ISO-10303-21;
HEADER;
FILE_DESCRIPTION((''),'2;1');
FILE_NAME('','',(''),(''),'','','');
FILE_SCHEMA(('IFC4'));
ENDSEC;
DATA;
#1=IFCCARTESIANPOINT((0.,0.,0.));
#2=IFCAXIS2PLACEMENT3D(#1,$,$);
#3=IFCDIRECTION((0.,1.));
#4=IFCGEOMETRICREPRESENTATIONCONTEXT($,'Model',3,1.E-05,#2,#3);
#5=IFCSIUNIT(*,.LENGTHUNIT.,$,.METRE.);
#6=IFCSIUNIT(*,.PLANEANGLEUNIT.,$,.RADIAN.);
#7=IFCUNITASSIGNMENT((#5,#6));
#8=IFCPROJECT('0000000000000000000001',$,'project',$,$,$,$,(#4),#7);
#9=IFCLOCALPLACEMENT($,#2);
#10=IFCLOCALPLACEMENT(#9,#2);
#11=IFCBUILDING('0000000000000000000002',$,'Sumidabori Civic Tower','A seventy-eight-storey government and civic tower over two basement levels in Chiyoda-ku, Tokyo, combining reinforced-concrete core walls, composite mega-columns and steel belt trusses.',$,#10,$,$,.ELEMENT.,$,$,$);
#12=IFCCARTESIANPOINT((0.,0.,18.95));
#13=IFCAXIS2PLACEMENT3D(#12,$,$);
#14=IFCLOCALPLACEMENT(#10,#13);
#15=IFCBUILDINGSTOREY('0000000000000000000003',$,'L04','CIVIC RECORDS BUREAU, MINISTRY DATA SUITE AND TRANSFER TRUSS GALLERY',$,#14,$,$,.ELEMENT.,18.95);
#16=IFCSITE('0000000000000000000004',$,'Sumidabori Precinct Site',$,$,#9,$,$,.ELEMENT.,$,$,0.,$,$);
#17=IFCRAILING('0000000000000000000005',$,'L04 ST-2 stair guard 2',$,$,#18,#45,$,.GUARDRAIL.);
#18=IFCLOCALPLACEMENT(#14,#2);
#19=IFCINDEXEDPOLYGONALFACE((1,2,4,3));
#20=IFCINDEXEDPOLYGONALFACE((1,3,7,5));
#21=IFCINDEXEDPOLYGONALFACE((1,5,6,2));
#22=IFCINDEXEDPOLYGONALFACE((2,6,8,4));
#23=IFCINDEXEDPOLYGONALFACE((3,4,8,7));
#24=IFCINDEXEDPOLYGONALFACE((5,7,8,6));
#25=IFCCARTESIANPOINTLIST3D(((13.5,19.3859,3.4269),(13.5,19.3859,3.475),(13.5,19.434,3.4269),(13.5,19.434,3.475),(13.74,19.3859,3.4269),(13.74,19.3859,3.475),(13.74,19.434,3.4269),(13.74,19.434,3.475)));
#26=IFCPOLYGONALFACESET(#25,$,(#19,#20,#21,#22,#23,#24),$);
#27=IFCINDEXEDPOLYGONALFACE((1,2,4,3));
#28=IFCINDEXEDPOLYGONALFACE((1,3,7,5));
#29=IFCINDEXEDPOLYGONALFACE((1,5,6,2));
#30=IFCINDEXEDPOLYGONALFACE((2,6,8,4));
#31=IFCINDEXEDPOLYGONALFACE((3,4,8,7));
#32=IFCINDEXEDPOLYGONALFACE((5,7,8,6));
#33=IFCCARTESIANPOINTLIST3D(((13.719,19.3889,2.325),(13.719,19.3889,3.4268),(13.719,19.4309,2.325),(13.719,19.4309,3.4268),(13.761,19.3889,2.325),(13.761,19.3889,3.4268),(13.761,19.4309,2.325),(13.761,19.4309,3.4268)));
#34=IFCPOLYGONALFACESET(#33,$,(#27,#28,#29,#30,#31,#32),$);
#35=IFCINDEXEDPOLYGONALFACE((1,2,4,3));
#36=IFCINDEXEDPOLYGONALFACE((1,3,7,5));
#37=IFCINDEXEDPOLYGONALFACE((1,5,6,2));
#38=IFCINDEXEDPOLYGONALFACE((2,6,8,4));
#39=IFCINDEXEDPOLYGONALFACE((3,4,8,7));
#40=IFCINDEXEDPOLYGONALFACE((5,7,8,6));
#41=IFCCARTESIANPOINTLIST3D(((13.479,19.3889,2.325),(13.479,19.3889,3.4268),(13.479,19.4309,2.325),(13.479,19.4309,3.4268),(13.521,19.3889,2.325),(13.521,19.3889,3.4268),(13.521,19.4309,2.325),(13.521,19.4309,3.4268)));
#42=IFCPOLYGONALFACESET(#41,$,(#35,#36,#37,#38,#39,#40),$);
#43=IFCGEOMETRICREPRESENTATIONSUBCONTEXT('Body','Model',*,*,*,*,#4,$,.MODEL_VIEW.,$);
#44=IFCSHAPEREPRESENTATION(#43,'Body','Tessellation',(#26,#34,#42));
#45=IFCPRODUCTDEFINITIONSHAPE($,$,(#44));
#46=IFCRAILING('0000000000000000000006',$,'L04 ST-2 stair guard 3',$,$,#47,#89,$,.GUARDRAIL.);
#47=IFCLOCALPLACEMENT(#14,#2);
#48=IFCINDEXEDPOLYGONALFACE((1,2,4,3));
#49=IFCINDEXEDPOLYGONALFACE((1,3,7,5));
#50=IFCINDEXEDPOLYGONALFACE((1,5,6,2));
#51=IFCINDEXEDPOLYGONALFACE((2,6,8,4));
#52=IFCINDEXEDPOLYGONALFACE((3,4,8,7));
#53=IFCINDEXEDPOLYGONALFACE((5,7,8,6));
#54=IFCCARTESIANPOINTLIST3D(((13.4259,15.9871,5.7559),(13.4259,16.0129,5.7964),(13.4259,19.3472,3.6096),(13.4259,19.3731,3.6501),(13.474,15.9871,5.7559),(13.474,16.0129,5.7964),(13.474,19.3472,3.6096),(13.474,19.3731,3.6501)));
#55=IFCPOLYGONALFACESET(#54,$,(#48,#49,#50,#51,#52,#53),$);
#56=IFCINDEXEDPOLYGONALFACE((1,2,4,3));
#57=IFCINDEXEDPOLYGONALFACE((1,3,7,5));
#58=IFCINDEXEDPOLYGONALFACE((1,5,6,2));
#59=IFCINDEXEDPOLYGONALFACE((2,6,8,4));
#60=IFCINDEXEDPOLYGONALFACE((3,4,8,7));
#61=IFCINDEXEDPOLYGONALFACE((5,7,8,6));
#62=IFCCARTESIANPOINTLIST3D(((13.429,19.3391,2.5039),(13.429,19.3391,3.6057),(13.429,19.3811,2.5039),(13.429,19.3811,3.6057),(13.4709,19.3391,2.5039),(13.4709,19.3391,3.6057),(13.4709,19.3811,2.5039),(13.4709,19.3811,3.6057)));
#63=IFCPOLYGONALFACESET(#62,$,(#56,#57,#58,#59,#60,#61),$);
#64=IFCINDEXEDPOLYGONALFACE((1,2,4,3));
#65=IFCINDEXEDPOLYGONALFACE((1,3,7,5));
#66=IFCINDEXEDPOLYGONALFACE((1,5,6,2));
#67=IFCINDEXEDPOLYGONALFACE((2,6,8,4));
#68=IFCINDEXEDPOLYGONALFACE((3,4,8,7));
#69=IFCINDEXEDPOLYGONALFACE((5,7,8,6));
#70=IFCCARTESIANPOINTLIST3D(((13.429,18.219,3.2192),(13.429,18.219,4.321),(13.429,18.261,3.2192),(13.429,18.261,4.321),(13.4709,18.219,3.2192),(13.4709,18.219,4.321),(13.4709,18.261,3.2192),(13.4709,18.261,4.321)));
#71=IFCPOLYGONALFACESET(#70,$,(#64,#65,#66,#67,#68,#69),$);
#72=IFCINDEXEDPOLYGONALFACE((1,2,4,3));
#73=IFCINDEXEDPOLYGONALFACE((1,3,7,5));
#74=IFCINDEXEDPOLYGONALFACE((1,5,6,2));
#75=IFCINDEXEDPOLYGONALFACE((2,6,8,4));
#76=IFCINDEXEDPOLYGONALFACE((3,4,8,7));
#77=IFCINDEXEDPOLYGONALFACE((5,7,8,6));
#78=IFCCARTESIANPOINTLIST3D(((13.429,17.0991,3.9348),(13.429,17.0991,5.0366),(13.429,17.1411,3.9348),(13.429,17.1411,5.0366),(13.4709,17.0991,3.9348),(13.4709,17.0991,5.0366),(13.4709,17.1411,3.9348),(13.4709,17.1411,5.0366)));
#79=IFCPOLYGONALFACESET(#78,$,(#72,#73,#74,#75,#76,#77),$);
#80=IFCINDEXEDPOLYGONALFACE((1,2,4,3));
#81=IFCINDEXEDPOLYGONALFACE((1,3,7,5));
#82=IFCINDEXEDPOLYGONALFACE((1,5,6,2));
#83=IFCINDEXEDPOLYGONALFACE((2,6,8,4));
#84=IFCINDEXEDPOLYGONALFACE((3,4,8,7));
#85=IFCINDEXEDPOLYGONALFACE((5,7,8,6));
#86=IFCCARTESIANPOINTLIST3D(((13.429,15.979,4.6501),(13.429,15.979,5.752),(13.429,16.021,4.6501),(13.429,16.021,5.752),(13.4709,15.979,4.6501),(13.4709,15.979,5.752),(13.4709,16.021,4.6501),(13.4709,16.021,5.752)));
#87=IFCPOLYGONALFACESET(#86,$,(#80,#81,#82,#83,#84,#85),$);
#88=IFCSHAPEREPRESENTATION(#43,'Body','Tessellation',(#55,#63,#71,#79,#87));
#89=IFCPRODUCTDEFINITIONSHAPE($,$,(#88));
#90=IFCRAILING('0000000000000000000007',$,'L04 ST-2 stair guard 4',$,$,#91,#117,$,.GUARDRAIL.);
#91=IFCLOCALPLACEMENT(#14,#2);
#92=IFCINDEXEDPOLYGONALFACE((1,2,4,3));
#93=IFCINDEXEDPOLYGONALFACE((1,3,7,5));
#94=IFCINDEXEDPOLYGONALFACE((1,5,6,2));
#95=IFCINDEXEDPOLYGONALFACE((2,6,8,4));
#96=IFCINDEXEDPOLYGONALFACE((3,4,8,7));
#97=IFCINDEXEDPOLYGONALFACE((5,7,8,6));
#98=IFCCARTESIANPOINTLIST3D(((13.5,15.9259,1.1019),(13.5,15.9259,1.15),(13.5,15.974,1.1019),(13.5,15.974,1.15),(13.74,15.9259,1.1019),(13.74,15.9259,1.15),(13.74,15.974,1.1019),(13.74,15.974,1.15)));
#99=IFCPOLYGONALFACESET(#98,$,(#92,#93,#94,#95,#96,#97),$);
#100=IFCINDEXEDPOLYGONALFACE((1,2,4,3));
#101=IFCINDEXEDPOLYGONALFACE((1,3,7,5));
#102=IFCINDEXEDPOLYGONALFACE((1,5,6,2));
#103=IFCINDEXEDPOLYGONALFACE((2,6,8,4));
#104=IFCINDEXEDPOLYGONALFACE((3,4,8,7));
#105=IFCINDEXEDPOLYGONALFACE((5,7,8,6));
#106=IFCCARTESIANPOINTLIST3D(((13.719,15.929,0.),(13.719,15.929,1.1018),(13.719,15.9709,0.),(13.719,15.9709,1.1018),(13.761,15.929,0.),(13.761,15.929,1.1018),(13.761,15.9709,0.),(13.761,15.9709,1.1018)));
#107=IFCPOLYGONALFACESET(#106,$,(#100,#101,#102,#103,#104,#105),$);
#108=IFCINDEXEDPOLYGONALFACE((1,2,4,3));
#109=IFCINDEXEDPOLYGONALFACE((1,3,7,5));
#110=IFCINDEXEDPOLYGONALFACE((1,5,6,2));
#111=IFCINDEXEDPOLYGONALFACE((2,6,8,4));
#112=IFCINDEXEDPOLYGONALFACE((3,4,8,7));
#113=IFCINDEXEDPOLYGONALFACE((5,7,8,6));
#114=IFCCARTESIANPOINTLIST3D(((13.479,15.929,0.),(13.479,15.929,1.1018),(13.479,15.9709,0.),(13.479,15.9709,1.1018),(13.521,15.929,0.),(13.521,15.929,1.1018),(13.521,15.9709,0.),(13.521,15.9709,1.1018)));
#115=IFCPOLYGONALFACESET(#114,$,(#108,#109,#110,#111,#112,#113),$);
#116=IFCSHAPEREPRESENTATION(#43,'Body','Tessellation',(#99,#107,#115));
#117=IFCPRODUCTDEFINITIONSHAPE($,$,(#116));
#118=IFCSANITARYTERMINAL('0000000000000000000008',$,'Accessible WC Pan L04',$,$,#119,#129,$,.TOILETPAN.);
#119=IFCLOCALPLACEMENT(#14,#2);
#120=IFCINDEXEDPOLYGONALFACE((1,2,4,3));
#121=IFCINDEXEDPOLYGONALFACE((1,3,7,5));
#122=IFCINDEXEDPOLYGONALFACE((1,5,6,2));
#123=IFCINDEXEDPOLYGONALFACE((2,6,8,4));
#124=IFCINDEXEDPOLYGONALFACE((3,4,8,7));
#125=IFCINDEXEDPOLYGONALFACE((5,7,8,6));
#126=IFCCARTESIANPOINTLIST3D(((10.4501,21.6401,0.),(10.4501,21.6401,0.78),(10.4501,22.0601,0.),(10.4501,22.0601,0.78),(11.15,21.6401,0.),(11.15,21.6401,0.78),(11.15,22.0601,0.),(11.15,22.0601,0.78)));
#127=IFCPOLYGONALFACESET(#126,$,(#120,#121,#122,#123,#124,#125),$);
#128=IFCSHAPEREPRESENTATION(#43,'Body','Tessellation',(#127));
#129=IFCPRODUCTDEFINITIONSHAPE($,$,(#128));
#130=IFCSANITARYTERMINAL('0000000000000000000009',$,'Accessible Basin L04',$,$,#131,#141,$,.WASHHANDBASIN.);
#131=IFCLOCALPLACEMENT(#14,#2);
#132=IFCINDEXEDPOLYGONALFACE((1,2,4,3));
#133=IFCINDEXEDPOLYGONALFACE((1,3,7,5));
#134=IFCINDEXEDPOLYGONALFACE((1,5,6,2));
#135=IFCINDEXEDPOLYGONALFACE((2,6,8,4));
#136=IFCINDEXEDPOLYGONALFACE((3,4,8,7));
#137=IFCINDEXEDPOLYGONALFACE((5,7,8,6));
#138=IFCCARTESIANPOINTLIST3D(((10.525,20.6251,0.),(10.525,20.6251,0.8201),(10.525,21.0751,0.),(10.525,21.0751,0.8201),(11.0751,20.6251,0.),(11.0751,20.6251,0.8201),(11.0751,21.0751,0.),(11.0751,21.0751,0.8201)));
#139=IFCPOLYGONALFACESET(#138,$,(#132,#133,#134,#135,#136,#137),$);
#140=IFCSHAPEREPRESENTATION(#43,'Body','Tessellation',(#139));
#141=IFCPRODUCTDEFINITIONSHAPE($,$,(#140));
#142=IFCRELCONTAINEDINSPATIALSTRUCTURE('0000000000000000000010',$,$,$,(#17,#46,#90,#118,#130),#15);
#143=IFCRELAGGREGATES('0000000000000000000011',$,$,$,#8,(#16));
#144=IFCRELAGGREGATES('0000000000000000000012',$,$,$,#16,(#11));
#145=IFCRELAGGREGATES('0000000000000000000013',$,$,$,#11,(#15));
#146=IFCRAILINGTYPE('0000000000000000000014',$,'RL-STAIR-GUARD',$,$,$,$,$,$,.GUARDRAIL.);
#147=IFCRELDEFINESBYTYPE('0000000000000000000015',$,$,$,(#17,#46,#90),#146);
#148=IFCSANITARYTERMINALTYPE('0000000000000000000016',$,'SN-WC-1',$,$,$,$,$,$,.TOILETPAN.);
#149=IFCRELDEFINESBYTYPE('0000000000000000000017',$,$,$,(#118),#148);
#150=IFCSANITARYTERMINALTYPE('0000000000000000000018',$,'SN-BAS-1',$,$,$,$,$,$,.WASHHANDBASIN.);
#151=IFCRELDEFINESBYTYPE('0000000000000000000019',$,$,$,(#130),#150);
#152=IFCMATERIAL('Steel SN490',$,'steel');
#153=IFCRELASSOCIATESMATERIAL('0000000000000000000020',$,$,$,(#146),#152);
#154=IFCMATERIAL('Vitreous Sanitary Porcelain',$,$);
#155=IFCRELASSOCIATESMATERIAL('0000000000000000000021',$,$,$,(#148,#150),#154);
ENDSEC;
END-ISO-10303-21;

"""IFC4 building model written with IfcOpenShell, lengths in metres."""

from ifc_helpers import new_model, si_unit, direction, frame, origin, origin_2d, place, context, subcontext, project, spatial, rectangle, extrude, source, transform, mapped, material, type_object, element, save


model = new_model("IFC4")

# Units and contexts
model_context = context("Model", 3, precision=1e-05, world=origin(), true_north=direction((0.0, 1.0)))
body_context = subcontext(model_context, "Body", "Model", "MODEL_VIEW")
ifc_project = project(units=[si_unit("LENGTHUNIT", "METRE"), si_unit("PLANEANGLEUNIT", "RADIAN")], contexts=[model_context])

# Site, building, storey
site_placement = place(None, origin())
site = spatial("IfcSite", under=ifc_project, at=site_placement, Name="Sumidabori Precinct Site", CompositionType="ELEMENT", RefElevation=0.0)
building_placement = place(site_placement, origin())
building = spatial("IfcBuilding", under=site, at=building_placement, Name="Sumidabori Civic Tower", Description="A seventy-eight-storey government and civic tower over two basement levels in Chiyoda-ku, Tokyo, combining reinforced-concrete core walls, composite mega-columns and steel belt trusses.", CompositionType="ELEMENT")
storey_placement = place(building_placement, frame((0.0, 0.0, 18.95)))
storey = spatial("IfcBuildingStorey", under=building, at=storey_placement, Name="L04", Description="CIVIC RECORDS BUREAU, MINISTRY DATA SUITE AND TRANSFER TRUSS GALLERY", CompositionType="ELEMENT", Elevation=18.95)

# Shared definitions
ifc_material_1 = material(Name="Steel SN490", Category="steel")

# Railings
railing_type_1 = type_object("IfcRailingType", Name="RL-STAIR-GUARD", PredefinedType="GUARDRAIL", material=ifc_material_1)
railing_1_placement = place(storey_placement, frame((13.74, 19.4099, 2.325)))
element("IfcRailing", 1, at=railing_1_placement, inside=storey, type_object=railing_type_1, Name="L04 ST-2 stair guard 2", PredefinedType="GUARDRAIL", context=body_context, shape_type="SweptSolid", body=[
    extrude(rectangle(XDim=0.0481, YDim=0.0481, at=origin_2d()), frame((0.0, 0.0, 1.126), z_axis=(-1.0, 0.0, 0.0), x_axis=(0.0, -1.0, 0.0)), (0.0, 0.0, 1.0), 0.24),
    extrude(rectangle(XDim=0.042, YDim=0.042, at=origin_2d()), origin(), (0.0, 0.0, 1.0), 1.1018),
    extrude(rectangle(XDim=0.042, YDim=0.042, at=origin_2d()), frame((-0.24, 0.0, 0.0)), (0.0, 0.0, 1.0), 1.1018),
])
railing_2_placement = place(storey_placement, frame((13.45, 19.3601, 2.5039)))
element("IfcRailing", 2, at=railing_2_placement, inside=storey, type_object=railing_type_1, Name="L04 ST-2 stair guard 3", PredefinedType="GUARDRAIL", context=body_context, shape_type="SweptSolid", body=[
    extrude(rectangle(XDim=0.0481, YDim=0.0481, at=origin_2d()), frame((0.0, 0.0, 1.126), z_axis=(0.0, -0.842753, 0.538301), x_axis=(1.0, 0.0, 0.0)), (0.0, 0.0, 1.0), 3.9871),
    extrude(rectangle(XDim=0.042, YDim=0.042, at=origin_2d()), origin(), (0.0, 0.0, 1.0), 1.1018),
    extrude(rectangle(XDim=0.042, YDim=0.042, at=origin_2d()), frame((0.0, -1.1201, 0.7153)), (0.0, 0.0, 1.0), 1.1018),
    extrude(rectangle(XDim=0.042, YDim=0.042, at=origin_2d()), frame((0.0, -2.24, 1.4309)), (0.0, 0.0, 1.0), 1.1018),
    extrude(rectangle(XDim=0.042, YDim=0.042, at=origin_2d()), frame((0.0, -3.3601, 2.1462)), (0.0, 0.0, 1.0), 1.1018),
])
railing_3_placement = place(storey_placement, frame((13.74, 15.95, 0.0)))
element("IfcRailing", 3, at=railing_3_placement, inside=storey, type_object=railing_type_1, Name="L04 ST-2 stair guard 4", PredefinedType="GUARDRAIL", context=body_context, shape_type="SweptSolid", body=[
    extrude(rectangle(XDim=0.0481, YDim=0.0481, at=origin_2d()), frame((0.0, 0.0, 1.126), z_axis=(-1.0, 0.0, 0.0), x_axis=(0.0, -1.0, 0.0)), (0.0, 0.0, 1.0), 0.24),
    extrude(rectangle(XDim=0.042, YDim=0.042, at=origin_2d()), origin(), (0.0, 0.0, 1.0), 1.1018),
    extrude(rectangle(XDim=0.042, YDim=0.042, at=origin_2d()), frame((-0.24, 0.0, 0.0)), (0.0, 0.0, 1.0), 1.1018),
])

# Sanitary terminals
ifc_material_2 = material(Name="Vitreous Sanitary Porcelain")
sanitary_terminal_type_1 = type_object("IfcSanitaryTerminalType", Name="SN-WC-1", PredefinedType="TOILETPAN", material=ifc_material_2)
shared_shape_1 = source(origin(), body_context, "Body", "SweptSolid", [
    extrude(rectangle(XDim=0.7, YDim=0.4199, at=origin_2d()), origin(), (0.0, 0.0, 1.0), 0.78),
])
sanitary_terminal_1_placement = place(storey_placement, frame((10.8, 21.8501, 0.0), z_axis=(0.0, 0.0, 1.0), x_axis=(1.0, 0.0, 0.0)))
element("IfcSanitaryTerminal", 4, at=sanitary_terminal_1_placement, inside=storey, type_object=sanitary_terminal_type_1, Name="Accessible WC Pan L04", PredefinedType="TOILETPAN", context=body_context, shape_type="MappedRepresentation", body=[
    mapped(shared_shape_1, transform((0.0, 0.0, 0.0), x_axis=(1.0, 0.0, 0.0), y_axis=(0.0, 1.0, 0.0), z_axis=(0.0, 0.0, 1.0), scale=1.0)),
])
sanitary_terminal_type_2 = type_object("IfcSanitaryTerminalType", Name="SN-BAS-1", PredefinedType="WASHHANDBASIN", material=ifc_material_2)
shared_shape_2 = source(origin(), body_context, "Body", "SweptSolid", [
    extrude(rectangle(XDim=0.55, YDim=0.45, at=origin_2d()), origin(), (0.0, 0.0, 1.0), 0.8201),
])
sanitary_terminal_2_placement = place(storey_placement, frame((10.8, 20.8501, 0.0), z_axis=(0.0, 0.0, 1.0), x_axis=(1.0, 0.0, 0.0)))
element("IfcSanitaryTerminal", 5, at=sanitary_terminal_2_placement, inside=storey, type_object=sanitary_terminal_type_2, Name="Accessible Basin L04", PredefinedType="WASHHANDBASIN", context=body_context, shape_type="MappedRepresentation", body=[
    mapped(shared_shape_2, transform((0.0, 0.0, 0.0), x_axis=(1.0, 0.0, 0.0), y_axis=(0.0, 1.0, 0.0), z_axis=(0.0, 0.0, 1.0), scale=1.0)),
])

save(model, "model.ifc")
